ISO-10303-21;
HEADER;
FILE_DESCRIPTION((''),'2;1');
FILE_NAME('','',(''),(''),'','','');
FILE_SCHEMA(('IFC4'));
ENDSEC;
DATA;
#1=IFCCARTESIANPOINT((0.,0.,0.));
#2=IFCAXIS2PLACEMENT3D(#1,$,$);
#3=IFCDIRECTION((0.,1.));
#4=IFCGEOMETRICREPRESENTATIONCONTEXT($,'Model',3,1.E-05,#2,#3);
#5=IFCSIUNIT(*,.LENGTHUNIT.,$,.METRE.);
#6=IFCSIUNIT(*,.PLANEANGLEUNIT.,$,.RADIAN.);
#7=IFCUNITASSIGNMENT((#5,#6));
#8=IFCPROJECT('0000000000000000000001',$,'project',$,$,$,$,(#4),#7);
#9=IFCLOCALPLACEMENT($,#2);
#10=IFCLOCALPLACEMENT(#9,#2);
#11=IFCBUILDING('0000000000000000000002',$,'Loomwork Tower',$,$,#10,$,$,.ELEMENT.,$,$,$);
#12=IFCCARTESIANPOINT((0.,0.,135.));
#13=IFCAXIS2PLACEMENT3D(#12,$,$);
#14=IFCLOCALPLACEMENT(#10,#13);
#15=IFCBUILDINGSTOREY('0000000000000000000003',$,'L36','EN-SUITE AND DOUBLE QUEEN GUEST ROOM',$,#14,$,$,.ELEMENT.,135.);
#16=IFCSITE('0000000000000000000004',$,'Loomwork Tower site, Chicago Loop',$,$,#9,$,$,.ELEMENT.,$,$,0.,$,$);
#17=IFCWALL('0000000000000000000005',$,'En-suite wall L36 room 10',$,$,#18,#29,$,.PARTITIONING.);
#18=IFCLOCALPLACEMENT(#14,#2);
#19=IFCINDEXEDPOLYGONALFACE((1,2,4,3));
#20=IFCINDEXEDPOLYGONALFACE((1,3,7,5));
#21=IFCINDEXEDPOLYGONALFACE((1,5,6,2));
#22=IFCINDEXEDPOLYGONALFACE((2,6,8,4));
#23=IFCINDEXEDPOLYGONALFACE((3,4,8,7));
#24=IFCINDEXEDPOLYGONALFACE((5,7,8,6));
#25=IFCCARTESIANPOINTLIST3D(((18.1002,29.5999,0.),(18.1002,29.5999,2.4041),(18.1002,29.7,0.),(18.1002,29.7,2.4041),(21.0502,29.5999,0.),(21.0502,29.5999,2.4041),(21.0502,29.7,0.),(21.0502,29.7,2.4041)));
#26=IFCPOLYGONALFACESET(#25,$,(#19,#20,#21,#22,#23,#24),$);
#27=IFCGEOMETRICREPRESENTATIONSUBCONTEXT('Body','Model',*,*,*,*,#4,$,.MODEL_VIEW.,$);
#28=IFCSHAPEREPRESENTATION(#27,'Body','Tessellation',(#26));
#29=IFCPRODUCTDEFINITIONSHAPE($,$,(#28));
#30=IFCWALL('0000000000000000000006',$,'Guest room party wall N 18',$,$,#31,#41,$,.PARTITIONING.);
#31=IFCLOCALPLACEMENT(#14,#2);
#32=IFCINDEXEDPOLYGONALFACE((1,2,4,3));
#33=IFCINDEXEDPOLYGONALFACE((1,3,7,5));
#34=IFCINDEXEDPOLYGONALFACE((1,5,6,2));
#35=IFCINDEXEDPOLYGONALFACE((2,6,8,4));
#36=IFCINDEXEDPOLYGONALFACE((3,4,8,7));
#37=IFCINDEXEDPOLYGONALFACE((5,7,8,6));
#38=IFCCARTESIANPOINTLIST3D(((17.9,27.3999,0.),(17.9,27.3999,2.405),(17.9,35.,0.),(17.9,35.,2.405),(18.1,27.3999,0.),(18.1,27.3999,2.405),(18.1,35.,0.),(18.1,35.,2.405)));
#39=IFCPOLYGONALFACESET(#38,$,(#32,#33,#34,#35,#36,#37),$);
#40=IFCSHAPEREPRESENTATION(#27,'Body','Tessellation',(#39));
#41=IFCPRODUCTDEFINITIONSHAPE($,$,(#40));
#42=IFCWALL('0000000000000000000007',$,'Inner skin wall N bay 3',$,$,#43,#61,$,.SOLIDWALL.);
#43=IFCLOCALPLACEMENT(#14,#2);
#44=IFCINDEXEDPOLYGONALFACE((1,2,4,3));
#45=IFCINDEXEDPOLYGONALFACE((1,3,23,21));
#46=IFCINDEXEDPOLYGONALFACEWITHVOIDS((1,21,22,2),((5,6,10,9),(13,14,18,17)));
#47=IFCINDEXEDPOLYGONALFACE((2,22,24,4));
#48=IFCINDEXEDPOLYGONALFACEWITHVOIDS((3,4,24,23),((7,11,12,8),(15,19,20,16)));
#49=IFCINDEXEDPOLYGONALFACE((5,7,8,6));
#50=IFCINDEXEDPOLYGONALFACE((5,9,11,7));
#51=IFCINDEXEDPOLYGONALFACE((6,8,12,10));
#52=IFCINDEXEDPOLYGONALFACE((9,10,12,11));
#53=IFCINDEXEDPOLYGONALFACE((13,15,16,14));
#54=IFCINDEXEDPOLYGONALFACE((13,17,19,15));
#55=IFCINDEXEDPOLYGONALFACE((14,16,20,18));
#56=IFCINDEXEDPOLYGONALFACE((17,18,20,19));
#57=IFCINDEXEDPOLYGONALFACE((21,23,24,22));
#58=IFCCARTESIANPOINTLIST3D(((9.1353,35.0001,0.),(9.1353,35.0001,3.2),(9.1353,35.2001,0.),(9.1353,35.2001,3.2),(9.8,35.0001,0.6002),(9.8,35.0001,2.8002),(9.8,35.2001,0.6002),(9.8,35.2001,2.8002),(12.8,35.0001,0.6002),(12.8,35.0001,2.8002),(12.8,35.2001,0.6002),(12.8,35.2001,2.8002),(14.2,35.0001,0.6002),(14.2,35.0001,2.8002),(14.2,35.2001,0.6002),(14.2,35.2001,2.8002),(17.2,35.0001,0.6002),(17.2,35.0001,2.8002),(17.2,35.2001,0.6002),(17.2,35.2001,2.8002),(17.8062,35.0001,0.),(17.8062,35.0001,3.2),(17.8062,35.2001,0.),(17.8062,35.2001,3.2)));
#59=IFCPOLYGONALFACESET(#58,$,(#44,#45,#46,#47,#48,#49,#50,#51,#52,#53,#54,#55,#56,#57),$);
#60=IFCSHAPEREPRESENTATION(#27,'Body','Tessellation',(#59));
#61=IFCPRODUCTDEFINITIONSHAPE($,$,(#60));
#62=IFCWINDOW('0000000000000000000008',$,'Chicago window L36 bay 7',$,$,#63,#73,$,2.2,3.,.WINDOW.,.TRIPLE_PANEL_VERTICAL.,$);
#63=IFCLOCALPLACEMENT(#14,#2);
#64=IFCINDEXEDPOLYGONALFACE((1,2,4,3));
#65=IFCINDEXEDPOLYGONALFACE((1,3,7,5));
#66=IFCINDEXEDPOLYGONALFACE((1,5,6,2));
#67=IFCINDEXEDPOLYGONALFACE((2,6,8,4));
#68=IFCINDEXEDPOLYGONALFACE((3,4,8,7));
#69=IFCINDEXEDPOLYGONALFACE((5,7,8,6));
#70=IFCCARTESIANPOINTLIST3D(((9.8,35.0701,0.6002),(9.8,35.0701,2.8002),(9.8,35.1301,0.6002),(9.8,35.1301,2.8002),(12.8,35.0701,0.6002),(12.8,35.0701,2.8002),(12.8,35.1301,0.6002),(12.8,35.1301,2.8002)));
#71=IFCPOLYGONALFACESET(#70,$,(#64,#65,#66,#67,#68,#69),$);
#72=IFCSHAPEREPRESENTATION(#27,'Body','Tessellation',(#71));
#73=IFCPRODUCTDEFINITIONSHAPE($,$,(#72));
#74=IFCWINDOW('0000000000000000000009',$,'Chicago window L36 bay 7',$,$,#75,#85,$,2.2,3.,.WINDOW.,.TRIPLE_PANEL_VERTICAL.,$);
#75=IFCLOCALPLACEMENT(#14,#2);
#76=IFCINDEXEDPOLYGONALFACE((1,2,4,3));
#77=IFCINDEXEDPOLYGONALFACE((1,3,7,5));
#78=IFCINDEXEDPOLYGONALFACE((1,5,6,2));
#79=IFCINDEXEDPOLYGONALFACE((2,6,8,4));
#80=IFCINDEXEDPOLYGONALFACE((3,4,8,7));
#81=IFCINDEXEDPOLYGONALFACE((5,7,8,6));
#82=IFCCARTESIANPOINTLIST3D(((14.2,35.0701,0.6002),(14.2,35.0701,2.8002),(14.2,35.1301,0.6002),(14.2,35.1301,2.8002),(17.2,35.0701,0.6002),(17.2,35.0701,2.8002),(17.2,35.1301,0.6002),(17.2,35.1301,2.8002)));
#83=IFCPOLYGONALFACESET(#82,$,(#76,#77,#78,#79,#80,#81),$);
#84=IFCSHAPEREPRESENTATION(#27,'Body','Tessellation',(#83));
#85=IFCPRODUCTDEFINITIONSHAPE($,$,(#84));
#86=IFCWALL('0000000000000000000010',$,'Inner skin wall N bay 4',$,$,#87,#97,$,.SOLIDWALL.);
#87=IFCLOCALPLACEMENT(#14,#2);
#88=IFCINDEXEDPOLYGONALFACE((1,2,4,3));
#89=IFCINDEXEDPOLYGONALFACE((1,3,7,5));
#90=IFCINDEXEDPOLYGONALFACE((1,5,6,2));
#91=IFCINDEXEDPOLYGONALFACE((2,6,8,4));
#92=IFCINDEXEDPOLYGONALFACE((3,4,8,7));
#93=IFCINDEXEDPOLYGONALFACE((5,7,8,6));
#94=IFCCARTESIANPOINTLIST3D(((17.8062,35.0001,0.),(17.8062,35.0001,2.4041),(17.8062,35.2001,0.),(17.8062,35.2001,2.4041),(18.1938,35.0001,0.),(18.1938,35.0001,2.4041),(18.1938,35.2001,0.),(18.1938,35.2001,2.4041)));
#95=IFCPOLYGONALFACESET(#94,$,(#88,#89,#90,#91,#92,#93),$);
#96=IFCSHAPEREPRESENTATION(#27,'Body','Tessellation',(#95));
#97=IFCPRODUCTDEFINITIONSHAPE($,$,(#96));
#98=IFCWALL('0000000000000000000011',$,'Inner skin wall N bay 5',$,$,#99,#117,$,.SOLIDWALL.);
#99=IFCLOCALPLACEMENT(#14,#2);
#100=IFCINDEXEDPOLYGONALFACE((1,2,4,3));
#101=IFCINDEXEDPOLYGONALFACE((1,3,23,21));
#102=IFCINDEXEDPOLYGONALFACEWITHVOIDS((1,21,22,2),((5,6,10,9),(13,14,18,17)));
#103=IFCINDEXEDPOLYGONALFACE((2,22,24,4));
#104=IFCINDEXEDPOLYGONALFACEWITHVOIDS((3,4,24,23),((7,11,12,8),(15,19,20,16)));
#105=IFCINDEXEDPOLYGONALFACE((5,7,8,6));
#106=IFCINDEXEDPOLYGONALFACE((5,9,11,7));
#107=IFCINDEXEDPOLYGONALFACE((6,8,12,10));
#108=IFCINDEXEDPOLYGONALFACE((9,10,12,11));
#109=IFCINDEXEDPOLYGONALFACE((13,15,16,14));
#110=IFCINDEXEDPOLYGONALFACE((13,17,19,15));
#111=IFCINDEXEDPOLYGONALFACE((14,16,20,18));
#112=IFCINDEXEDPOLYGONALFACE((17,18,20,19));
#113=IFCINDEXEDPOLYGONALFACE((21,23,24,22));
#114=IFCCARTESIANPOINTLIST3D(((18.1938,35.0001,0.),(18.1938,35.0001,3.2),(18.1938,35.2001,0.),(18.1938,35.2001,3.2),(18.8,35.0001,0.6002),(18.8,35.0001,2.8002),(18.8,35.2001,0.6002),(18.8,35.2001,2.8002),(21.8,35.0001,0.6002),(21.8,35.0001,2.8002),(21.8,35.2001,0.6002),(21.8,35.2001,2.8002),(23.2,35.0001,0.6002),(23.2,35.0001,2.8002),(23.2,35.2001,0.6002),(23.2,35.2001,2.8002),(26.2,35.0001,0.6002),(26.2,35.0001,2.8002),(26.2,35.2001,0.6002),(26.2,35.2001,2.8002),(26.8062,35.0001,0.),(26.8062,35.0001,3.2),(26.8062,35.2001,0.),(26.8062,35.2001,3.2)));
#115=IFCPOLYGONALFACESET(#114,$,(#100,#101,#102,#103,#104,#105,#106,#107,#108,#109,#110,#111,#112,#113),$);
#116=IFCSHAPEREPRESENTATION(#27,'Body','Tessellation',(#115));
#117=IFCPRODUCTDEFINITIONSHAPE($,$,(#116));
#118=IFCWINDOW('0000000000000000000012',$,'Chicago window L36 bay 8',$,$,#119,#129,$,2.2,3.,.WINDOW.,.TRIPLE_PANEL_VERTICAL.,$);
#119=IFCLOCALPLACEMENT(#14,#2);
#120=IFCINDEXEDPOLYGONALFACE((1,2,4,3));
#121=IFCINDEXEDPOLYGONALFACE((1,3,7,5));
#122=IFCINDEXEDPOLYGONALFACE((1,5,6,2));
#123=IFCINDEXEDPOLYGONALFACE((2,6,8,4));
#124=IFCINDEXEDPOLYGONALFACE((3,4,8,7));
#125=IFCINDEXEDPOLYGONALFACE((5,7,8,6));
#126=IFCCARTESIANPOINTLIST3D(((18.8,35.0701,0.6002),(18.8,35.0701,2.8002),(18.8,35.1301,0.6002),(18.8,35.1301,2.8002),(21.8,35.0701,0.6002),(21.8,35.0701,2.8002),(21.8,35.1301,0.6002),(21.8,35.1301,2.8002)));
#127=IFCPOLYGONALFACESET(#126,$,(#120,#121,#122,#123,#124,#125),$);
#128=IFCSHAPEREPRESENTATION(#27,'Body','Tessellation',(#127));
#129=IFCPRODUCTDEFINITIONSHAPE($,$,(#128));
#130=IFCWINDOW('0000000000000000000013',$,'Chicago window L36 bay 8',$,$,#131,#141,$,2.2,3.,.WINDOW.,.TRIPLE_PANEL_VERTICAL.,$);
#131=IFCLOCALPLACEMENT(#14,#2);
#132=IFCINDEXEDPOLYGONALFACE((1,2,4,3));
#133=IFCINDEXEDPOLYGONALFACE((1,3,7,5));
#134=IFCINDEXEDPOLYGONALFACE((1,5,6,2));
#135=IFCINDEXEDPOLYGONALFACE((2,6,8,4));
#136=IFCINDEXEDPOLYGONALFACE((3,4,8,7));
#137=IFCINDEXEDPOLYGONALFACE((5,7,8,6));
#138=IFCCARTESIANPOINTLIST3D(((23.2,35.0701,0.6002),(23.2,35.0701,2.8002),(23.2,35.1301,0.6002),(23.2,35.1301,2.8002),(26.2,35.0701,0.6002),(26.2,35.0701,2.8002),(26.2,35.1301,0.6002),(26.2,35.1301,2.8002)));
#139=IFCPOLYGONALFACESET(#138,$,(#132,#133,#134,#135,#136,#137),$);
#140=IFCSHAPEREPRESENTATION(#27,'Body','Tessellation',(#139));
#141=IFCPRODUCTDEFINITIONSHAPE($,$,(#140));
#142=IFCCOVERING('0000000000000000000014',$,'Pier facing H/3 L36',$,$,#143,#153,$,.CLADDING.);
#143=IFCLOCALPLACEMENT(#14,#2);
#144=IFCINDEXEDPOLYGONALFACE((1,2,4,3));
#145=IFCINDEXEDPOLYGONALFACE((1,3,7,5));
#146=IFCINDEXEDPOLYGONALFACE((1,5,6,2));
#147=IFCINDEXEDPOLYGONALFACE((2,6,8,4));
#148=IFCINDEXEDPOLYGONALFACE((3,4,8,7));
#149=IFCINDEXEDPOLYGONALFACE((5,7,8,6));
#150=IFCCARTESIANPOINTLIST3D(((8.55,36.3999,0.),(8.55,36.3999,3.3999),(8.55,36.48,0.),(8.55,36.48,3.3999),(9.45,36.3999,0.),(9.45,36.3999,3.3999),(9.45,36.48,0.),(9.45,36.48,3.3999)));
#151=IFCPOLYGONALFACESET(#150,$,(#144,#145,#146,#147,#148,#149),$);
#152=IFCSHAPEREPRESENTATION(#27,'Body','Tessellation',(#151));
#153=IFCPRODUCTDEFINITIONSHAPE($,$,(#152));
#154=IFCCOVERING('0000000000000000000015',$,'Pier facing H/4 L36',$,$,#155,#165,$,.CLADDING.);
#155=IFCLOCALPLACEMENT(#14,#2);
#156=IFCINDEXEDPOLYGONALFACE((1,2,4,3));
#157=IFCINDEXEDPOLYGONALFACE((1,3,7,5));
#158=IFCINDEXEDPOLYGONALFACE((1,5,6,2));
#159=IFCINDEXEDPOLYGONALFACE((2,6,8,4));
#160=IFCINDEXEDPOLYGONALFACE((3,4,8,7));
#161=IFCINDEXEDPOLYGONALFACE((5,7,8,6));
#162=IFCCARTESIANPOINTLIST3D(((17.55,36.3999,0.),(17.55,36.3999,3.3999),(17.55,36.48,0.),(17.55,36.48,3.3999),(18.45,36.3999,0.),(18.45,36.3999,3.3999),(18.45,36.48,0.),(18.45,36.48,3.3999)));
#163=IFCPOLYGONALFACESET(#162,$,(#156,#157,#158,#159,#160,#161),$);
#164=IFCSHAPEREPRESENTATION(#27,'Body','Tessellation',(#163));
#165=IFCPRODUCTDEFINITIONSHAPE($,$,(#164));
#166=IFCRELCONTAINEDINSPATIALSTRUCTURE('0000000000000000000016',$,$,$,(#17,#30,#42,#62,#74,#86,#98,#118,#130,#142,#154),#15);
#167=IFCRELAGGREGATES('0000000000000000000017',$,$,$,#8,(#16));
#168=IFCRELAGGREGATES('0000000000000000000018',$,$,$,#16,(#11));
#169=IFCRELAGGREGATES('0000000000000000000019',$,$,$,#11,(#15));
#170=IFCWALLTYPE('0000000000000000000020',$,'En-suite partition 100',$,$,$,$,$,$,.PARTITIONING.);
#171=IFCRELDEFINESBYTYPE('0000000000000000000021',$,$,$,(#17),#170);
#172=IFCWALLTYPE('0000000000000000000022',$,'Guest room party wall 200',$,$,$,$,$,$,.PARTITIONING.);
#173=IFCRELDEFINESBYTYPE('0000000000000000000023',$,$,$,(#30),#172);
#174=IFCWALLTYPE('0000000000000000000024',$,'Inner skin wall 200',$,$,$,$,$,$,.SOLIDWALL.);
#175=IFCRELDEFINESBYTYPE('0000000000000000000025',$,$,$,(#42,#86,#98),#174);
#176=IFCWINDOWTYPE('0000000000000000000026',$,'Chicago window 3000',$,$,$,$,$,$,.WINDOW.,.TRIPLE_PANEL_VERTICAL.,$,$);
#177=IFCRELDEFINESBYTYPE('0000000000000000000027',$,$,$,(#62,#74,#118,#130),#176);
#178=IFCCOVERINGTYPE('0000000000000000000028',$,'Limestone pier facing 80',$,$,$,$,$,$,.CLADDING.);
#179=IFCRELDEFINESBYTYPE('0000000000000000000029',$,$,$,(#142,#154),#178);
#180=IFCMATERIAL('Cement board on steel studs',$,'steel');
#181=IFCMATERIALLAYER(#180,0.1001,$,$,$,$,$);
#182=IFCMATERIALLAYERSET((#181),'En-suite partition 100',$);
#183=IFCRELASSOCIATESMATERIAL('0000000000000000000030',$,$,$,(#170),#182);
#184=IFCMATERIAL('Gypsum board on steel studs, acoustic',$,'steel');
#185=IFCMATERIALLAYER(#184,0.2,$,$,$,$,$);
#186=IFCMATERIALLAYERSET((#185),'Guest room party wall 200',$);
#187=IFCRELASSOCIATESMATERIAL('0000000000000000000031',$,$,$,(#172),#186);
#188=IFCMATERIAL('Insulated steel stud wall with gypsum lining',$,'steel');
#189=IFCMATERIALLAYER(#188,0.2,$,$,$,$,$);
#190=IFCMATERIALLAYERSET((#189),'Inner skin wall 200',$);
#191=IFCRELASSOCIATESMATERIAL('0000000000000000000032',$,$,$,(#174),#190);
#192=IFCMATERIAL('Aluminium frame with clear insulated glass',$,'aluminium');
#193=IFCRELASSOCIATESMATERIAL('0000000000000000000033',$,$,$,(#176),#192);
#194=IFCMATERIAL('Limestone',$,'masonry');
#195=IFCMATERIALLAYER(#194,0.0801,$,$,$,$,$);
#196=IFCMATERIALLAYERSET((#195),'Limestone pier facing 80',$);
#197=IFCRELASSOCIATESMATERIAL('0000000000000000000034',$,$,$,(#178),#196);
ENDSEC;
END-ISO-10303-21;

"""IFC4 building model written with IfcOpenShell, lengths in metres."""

from ifc_helpers import new_model, si_unit, direction, frame, frame_2d, origin, origin_2d, place, context, subcontext, project, spatial, rectangle, extrude, material, layer, layer_set, type_object, element, fill, save


model = new_model("IFC4")

# Units and contexts
model_context = context("Model", 3, precision=1e-05, world=origin(), true_north=direction((0.0, 1.0)))
body_context = subcontext(model_context, "Body", "Model", "MODEL_VIEW")
ifc_project = project(units=[si_unit("LENGTHUNIT", "METRE"), si_unit("PLANEANGLEUNIT", "RADIAN")], contexts=[model_context])

# Site, building, storey
site_placement = place(None, origin())
site = spatial("IfcSite", under=ifc_project, at=site_placement, Name="Loomwork Tower site, Chicago Loop", CompositionType="ELEMENT", RefElevation=0.0)
building_placement = place(site_placement, origin())
building = spatial("IfcBuilding", under=site, at=building_placement, Name="Loomwork Tower", CompositionType="ELEMENT")
storey_placement = place(building_placement, frame((0.0, 0.0, 135.0)))
storey = spatial("IfcBuildingStorey", under=building, at=storey_placement, Name="L36", Description="EN-SUITE AND DOUBLE QUEEN GUEST ROOM", CompositionType="ELEMENT", Elevation=135.0)

# Walls
ifc_material_1 = material(Name="Cement board on steel studs", Category="steel")
ifc_layer_1 = layer(ifc_material_1, 0.1001)
ifc_layer_set_1 = layer_set([ifc_layer_1], Name="En-suite partition 100")
wall_type_1 = type_object("IfcWallType", Name="En-suite partition 100", PredefinedType="PARTITIONING", material=ifc_layer_set_1)
for number, where, z_axis, x_axis, name in (
    (1, (18.1001, 29.6499, 0.0), (0.0, 0.0, 1.0), (1.0, 0.0, 0.0), "En-suite wall L36 room 10"),
):
    element("IfcWall", number, at=place(storey_placement, frame(where, z_axis=z_axis, x_axis=x_axis)), inside=storey, type_object=wall_type_1, Name=name, PredefinedType="PARTITIONING", context=body_context, shape_type="SweptSolid", body=[
        extrude(rectangle(XDim=2.95, YDim=0.1001, at=frame_2d((1.4751, 0.0))), origin(), (0.0, 0.0, 1.0), 2.4041),
    ])
ifc_material_2 = material(Name="Gypsum board on steel studs, acoustic", Category="steel")
ifc_layer_2 = layer(ifc_material_2, 0.2)
ifc_layer_set_2 = layer_set([ifc_layer_2], Name="Guest room party wall 200")
wall_type_2 = type_object("IfcWallType", Name="Guest room party wall 200", PredefinedType="PARTITIONING", material=ifc_layer_set_2)
wall_1_placement = place(storey_placement, frame((18.0, 27.3999, 0.0), z_axis=(0.0, 0.0, 1.0), x_axis=(0.0, 1.0, 0.0)))
element("IfcWall", 2, at=wall_1_placement, inside=storey, type_object=wall_type_2, Name="Guest room party wall N 18", PredefinedType="PARTITIONING", context=body_context, shape_type="SweptSolid", body=[
    extrude(rectangle(XDim=7.6001, YDim=0.2, at=frame_2d((3.8, 0.0))), origin(), (0.0, 0.0, 1.0), 2.405),
])

# Wall, openings, windows
ifc_material_3 = material(Name="Insulated steel stud wall with gypsum lining", Category="steel")
ifc_layer_3 = layer(ifc_material_3, 0.2)
ifc_layer_set_3 = layer_set([ifc_layer_3], Name="Inner skin wall 200")
wall_type_3 = type_object("IfcWallType", Name="Inner skin wall 200", PredefinedType="SOLIDWALL", material=ifc_layer_set_3)
wall_2_placement = place(storey_placement, frame((9.1353, 35.1001, 0.0), z_axis=(0.0, 0.0, 1.0), x_axis=(1.0, 0.0, 0.0)))
wall_2 = element("IfcWall", 3, at=wall_2_placement, inside=storey, type_object=wall_type_3, Name="Inner skin wall N bay 3", PredefinedType="SOLIDWALL", context=body_context, shape_type="SweptSolid", body=[
    extrude(rectangle(XDim=8.6709, YDim=0.2, at=frame_2d((4.3354, 0.0))), origin(), (0.0, 0.0, 1.0), 3.2),
])
opening_1_placement = place(wall_2_placement, frame((0.6648, 0.0, 0.6001)))
opening_1 = element("IfcOpeningElement", 4, at=opening_1_placement, cuts=wall_2, PredefinedType="OPENING", context=body_context, shape_type="SweptSolid", body=[
    extrude(rectangle(XDim=3.0, YDim=2.2, at=frame_2d((1.5, 1.1001))), frame((0.0, 0.1099, 0.0), z_axis=(0.0, -1.0, 0.0), x_axis=(1.0, 0.0, 0.0)), (0.0, 0.0, 1.0), 0.22),
])
opening_2_placement = place(wall_2_placement, frame((5.0647, 0.0, 0.6001)))
opening_2 = element("IfcOpeningElement", 5, at=opening_2_placement, cuts=wall_2, PredefinedType="OPENING", context=body_context, shape_type="SweptSolid", body=[
    extrude(rectangle(XDim=3.0, YDim=2.2, at=frame_2d((1.5, 1.1001))), frame((0.0, 0.1099, 0.0), z_axis=(0.0, -1.0, 0.0), x_axis=(1.0, 0.0, 0.0)), (0.0, 0.0, 1.0), 0.22),
])
ifc_material_4 = material(Name="Aluminium frame with clear insulated glass", Category="aluminium")
window_type = type_object("IfcWindowType", Name="Chicago window 3000", PartitioningType="TRIPLE_PANEL_VERTICAL", PredefinedType="WINDOW", material=ifc_material_4)
window_1_placement = place(opening_1_placement, origin())
window_1 = element("IfcWindow", 6, at=window_1_placement, inside=storey, type_object=window_type, Name="Chicago window L36 bay 7", OverallHeight=2.2, OverallWidth=3.0, PartitioningType="TRIPLE_PANEL_VERTICAL", PredefinedType="WINDOW", context=body_context, shape_type="SweptSolid", body=[
    extrude(rectangle(XDim=3.0, YDim=2.2, at=frame_2d((1.5, 1.1001))), frame((0.0, 0.03, 0.0), z_axis=(0.0, -1.0, 0.0), x_axis=(1.0, 0.0, 0.0)), (0.0, 0.0, 1.0), 0.0601),
])
fill(opening_1, window_1)
window_2_placement = place(opening_2_placement, origin())
window_2 = element("IfcWindow", 7, at=window_2_placement, inside=storey, type_object=window_type, Name="Chicago window L36 bay 7", OverallHeight=2.2, OverallWidth=3.0, PartitioningType="TRIPLE_PANEL_VERTICAL", PredefinedType="WINDOW", context=body_context, shape_type="SweptSolid", body=[
    extrude(rectangle(XDim=3.0, YDim=2.2, at=frame_2d((1.5, 1.1001))), frame((0.0, 0.03, 0.0), z_axis=(0.0, -1.0, 0.0), x_axis=(1.0, 0.0, 0.0)), (0.0, 0.0, 1.0), 0.0601),
])
fill(opening_2, window_2)

# Wall
wall_3_placement = place(storey_placement, frame((17.8062, 35.1001, 0.0), z_axis=(0.0, 0.0, 1.0), x_axis=(1.0, 0.0, 0.0)))
element("IfcWall", 8, at=wall_3_placement, inside=storey, type_object=wall_type_3, Name="Inner skin wall N bay 4", PredefinedType="SOLIDWALL", context=body_context, shape_type="SweptSolid", body=[
    extrude(rectangle(XDim=0.3877, YDim=0.2, at=frame_2d((0.1938, 0.0))), origin(), (0.0, 0.0, 1.0), 2.4041),
])

# Wall, openings, windows
wall_4_placement = place(storey_placement, frame((18.1938, 35.1001, 0.0), z_axis=(0.0, 0.0, 1.0), x_axis=(1.0, 0.0, 0.0)))
wall_4 = element("IfcWall", 9, at=wall_4_placement, inside=storey, type_object=wall_type_3, Name="Inner skin wall N bay 5", PredefinedType="SOLIDWALL", context=body_context, shape_type="SweptSolid", body=[
    extrude(rectangle(XDim=8.6123, YDim=0.2, at=frame_2d((4.3062, 0.0))), origin(), (0.0, 0.0, 1.0), 3.2),
])
opening_3_placement = place(wall_4_placement, frame((0.6062, 0.0, 0.6001)))
opening_3 = element("IfcOpeningElement", 10, at=opening_3_placement, cuts=wall_4, PredefinedType="OPENING", context=body_context, shape_type="SweptSolid", body=[
    extrude(rectangle(XDim=3.0, YDim=2.2, at=frame_2d((1.5, 1.1001))), frame((0.0, 0.1099, 0.0), z_axis=(0.0, -1.0, 0.0), x_axis=(1.0, 0.0, 0.0)), (0.0, 0.0, 1.0), 0.22),
])
opening_4_placement = place(wall_4_placement, frame((5.0061, 0.0, 0.6001)))
opening_4 = element("IfcOpeningElement", 11, at=opening_4_placement, cuts=wall_4, PredefinedType="OPENING", context=body_context, shape_type="SweptSolid", body=[
    extrude(rectangle(XDim=3.0, YDim=2.2, at=frame_2d((1.5, 1.1001))), frame((0.0, 0.1099, 0.0), z_axis=(0.0, -1.0, 0.0), x_axis=(1.0, 0.0, 0.0)), (0.0, 0.0, 1.0), 0.22),
])
window_3_placement = place(opening_3_placement, origin())
window_3 = element("IfcWindow", 12, at=window_3_placement, inside=storey, type_object=window_type, Name="Chicago window L36 bay 8", OverallHeight=2.2, OverallWidth=3.0, PartitioningType="TRIPLE_PANEL_VERTICAL", PredefinedType="WINDOW", context=body_context, shape_type="SweptSolid", body=[
    extrude(rectangle(XDim=3.0, YDim=2.2, at=frame_2d((1.5, 1.1001))), frame((0.0, 0.03, 0.0), z_axis=(0.0, -1.0, 0.0), x_axis=(1.0, 0.0, 0.0)), (0.0, 0.0, 1.0), 0.0601),
])
fill(opening_3, window_3)
window_4_placement = place(opening_4_placement, origin())
window_4 = element("IfcWindow", 13, at=window_4_placement, inside=storey, type_object=window_type, Name="Chicago window L36 bay 8", OverallHeight=2.2, OverallWidth=3.0, PartitioningType="TRIPLE_PANEL_VERTICAL", PredefinedType="WINDOW", context=body_context, shape_type="SweptSolid", body=[
    extrude(rectangle(XDim=3.0, YDim=2.2, at=frame_2d((1.5, 1.1001))), frame((0.0, 0.03, 0.0), z_axis=(0.0, -1.0, 0.0), x_axis=(1.0, 0.0, 0.0)), (0.0, 0.0, 1.0), 0.0601),
])
fill(opening_4, window_4)

# Coverings
ifc_material_5 = material(Name="Limestone", Category="masonry")
ifc_layer_4 = layer(ifc_material_5, 0.0801)
ifc_layer_set_4 = layer_set([ifc_layer_4], Name="Limestone pier facing 80")
covering_type = type_object("IfcCoveringType", Name="Limestone pier facing 80", PredefinedType="CLADDING", material=ifc_layer_set_4)
for number, where, z_axis, x_axis, name in (
    (14, (9.0, 36.4399, 0.0), (0.0, 0.0, 1.0), (1.0, 0.0, 0.0), "Pier facing H/3 L36"),
    (15, (18.0, 36.4399, 0.0), (0.0, 0.0, 1.0), (1.0, 0.0, 0.0), "Pier facing H/4 L36"),
):
    element("IfcCovering", number, at=place(storey_placement, frame(where, z_axis=z_axis, x_axis=x_axis)), inside=storey, type_object=covering_type, Name=name, PredefinedType="CLADDING", context=body_context, shape_type="SweptSolid", body=[
        extrude(rectangle(XDim=0.8999, YDim=0.0801, at=origin_2d()), origin(), (0.0, 0.0, 1.0), 3.3999),
    ])

save(model, "model.ifc")
